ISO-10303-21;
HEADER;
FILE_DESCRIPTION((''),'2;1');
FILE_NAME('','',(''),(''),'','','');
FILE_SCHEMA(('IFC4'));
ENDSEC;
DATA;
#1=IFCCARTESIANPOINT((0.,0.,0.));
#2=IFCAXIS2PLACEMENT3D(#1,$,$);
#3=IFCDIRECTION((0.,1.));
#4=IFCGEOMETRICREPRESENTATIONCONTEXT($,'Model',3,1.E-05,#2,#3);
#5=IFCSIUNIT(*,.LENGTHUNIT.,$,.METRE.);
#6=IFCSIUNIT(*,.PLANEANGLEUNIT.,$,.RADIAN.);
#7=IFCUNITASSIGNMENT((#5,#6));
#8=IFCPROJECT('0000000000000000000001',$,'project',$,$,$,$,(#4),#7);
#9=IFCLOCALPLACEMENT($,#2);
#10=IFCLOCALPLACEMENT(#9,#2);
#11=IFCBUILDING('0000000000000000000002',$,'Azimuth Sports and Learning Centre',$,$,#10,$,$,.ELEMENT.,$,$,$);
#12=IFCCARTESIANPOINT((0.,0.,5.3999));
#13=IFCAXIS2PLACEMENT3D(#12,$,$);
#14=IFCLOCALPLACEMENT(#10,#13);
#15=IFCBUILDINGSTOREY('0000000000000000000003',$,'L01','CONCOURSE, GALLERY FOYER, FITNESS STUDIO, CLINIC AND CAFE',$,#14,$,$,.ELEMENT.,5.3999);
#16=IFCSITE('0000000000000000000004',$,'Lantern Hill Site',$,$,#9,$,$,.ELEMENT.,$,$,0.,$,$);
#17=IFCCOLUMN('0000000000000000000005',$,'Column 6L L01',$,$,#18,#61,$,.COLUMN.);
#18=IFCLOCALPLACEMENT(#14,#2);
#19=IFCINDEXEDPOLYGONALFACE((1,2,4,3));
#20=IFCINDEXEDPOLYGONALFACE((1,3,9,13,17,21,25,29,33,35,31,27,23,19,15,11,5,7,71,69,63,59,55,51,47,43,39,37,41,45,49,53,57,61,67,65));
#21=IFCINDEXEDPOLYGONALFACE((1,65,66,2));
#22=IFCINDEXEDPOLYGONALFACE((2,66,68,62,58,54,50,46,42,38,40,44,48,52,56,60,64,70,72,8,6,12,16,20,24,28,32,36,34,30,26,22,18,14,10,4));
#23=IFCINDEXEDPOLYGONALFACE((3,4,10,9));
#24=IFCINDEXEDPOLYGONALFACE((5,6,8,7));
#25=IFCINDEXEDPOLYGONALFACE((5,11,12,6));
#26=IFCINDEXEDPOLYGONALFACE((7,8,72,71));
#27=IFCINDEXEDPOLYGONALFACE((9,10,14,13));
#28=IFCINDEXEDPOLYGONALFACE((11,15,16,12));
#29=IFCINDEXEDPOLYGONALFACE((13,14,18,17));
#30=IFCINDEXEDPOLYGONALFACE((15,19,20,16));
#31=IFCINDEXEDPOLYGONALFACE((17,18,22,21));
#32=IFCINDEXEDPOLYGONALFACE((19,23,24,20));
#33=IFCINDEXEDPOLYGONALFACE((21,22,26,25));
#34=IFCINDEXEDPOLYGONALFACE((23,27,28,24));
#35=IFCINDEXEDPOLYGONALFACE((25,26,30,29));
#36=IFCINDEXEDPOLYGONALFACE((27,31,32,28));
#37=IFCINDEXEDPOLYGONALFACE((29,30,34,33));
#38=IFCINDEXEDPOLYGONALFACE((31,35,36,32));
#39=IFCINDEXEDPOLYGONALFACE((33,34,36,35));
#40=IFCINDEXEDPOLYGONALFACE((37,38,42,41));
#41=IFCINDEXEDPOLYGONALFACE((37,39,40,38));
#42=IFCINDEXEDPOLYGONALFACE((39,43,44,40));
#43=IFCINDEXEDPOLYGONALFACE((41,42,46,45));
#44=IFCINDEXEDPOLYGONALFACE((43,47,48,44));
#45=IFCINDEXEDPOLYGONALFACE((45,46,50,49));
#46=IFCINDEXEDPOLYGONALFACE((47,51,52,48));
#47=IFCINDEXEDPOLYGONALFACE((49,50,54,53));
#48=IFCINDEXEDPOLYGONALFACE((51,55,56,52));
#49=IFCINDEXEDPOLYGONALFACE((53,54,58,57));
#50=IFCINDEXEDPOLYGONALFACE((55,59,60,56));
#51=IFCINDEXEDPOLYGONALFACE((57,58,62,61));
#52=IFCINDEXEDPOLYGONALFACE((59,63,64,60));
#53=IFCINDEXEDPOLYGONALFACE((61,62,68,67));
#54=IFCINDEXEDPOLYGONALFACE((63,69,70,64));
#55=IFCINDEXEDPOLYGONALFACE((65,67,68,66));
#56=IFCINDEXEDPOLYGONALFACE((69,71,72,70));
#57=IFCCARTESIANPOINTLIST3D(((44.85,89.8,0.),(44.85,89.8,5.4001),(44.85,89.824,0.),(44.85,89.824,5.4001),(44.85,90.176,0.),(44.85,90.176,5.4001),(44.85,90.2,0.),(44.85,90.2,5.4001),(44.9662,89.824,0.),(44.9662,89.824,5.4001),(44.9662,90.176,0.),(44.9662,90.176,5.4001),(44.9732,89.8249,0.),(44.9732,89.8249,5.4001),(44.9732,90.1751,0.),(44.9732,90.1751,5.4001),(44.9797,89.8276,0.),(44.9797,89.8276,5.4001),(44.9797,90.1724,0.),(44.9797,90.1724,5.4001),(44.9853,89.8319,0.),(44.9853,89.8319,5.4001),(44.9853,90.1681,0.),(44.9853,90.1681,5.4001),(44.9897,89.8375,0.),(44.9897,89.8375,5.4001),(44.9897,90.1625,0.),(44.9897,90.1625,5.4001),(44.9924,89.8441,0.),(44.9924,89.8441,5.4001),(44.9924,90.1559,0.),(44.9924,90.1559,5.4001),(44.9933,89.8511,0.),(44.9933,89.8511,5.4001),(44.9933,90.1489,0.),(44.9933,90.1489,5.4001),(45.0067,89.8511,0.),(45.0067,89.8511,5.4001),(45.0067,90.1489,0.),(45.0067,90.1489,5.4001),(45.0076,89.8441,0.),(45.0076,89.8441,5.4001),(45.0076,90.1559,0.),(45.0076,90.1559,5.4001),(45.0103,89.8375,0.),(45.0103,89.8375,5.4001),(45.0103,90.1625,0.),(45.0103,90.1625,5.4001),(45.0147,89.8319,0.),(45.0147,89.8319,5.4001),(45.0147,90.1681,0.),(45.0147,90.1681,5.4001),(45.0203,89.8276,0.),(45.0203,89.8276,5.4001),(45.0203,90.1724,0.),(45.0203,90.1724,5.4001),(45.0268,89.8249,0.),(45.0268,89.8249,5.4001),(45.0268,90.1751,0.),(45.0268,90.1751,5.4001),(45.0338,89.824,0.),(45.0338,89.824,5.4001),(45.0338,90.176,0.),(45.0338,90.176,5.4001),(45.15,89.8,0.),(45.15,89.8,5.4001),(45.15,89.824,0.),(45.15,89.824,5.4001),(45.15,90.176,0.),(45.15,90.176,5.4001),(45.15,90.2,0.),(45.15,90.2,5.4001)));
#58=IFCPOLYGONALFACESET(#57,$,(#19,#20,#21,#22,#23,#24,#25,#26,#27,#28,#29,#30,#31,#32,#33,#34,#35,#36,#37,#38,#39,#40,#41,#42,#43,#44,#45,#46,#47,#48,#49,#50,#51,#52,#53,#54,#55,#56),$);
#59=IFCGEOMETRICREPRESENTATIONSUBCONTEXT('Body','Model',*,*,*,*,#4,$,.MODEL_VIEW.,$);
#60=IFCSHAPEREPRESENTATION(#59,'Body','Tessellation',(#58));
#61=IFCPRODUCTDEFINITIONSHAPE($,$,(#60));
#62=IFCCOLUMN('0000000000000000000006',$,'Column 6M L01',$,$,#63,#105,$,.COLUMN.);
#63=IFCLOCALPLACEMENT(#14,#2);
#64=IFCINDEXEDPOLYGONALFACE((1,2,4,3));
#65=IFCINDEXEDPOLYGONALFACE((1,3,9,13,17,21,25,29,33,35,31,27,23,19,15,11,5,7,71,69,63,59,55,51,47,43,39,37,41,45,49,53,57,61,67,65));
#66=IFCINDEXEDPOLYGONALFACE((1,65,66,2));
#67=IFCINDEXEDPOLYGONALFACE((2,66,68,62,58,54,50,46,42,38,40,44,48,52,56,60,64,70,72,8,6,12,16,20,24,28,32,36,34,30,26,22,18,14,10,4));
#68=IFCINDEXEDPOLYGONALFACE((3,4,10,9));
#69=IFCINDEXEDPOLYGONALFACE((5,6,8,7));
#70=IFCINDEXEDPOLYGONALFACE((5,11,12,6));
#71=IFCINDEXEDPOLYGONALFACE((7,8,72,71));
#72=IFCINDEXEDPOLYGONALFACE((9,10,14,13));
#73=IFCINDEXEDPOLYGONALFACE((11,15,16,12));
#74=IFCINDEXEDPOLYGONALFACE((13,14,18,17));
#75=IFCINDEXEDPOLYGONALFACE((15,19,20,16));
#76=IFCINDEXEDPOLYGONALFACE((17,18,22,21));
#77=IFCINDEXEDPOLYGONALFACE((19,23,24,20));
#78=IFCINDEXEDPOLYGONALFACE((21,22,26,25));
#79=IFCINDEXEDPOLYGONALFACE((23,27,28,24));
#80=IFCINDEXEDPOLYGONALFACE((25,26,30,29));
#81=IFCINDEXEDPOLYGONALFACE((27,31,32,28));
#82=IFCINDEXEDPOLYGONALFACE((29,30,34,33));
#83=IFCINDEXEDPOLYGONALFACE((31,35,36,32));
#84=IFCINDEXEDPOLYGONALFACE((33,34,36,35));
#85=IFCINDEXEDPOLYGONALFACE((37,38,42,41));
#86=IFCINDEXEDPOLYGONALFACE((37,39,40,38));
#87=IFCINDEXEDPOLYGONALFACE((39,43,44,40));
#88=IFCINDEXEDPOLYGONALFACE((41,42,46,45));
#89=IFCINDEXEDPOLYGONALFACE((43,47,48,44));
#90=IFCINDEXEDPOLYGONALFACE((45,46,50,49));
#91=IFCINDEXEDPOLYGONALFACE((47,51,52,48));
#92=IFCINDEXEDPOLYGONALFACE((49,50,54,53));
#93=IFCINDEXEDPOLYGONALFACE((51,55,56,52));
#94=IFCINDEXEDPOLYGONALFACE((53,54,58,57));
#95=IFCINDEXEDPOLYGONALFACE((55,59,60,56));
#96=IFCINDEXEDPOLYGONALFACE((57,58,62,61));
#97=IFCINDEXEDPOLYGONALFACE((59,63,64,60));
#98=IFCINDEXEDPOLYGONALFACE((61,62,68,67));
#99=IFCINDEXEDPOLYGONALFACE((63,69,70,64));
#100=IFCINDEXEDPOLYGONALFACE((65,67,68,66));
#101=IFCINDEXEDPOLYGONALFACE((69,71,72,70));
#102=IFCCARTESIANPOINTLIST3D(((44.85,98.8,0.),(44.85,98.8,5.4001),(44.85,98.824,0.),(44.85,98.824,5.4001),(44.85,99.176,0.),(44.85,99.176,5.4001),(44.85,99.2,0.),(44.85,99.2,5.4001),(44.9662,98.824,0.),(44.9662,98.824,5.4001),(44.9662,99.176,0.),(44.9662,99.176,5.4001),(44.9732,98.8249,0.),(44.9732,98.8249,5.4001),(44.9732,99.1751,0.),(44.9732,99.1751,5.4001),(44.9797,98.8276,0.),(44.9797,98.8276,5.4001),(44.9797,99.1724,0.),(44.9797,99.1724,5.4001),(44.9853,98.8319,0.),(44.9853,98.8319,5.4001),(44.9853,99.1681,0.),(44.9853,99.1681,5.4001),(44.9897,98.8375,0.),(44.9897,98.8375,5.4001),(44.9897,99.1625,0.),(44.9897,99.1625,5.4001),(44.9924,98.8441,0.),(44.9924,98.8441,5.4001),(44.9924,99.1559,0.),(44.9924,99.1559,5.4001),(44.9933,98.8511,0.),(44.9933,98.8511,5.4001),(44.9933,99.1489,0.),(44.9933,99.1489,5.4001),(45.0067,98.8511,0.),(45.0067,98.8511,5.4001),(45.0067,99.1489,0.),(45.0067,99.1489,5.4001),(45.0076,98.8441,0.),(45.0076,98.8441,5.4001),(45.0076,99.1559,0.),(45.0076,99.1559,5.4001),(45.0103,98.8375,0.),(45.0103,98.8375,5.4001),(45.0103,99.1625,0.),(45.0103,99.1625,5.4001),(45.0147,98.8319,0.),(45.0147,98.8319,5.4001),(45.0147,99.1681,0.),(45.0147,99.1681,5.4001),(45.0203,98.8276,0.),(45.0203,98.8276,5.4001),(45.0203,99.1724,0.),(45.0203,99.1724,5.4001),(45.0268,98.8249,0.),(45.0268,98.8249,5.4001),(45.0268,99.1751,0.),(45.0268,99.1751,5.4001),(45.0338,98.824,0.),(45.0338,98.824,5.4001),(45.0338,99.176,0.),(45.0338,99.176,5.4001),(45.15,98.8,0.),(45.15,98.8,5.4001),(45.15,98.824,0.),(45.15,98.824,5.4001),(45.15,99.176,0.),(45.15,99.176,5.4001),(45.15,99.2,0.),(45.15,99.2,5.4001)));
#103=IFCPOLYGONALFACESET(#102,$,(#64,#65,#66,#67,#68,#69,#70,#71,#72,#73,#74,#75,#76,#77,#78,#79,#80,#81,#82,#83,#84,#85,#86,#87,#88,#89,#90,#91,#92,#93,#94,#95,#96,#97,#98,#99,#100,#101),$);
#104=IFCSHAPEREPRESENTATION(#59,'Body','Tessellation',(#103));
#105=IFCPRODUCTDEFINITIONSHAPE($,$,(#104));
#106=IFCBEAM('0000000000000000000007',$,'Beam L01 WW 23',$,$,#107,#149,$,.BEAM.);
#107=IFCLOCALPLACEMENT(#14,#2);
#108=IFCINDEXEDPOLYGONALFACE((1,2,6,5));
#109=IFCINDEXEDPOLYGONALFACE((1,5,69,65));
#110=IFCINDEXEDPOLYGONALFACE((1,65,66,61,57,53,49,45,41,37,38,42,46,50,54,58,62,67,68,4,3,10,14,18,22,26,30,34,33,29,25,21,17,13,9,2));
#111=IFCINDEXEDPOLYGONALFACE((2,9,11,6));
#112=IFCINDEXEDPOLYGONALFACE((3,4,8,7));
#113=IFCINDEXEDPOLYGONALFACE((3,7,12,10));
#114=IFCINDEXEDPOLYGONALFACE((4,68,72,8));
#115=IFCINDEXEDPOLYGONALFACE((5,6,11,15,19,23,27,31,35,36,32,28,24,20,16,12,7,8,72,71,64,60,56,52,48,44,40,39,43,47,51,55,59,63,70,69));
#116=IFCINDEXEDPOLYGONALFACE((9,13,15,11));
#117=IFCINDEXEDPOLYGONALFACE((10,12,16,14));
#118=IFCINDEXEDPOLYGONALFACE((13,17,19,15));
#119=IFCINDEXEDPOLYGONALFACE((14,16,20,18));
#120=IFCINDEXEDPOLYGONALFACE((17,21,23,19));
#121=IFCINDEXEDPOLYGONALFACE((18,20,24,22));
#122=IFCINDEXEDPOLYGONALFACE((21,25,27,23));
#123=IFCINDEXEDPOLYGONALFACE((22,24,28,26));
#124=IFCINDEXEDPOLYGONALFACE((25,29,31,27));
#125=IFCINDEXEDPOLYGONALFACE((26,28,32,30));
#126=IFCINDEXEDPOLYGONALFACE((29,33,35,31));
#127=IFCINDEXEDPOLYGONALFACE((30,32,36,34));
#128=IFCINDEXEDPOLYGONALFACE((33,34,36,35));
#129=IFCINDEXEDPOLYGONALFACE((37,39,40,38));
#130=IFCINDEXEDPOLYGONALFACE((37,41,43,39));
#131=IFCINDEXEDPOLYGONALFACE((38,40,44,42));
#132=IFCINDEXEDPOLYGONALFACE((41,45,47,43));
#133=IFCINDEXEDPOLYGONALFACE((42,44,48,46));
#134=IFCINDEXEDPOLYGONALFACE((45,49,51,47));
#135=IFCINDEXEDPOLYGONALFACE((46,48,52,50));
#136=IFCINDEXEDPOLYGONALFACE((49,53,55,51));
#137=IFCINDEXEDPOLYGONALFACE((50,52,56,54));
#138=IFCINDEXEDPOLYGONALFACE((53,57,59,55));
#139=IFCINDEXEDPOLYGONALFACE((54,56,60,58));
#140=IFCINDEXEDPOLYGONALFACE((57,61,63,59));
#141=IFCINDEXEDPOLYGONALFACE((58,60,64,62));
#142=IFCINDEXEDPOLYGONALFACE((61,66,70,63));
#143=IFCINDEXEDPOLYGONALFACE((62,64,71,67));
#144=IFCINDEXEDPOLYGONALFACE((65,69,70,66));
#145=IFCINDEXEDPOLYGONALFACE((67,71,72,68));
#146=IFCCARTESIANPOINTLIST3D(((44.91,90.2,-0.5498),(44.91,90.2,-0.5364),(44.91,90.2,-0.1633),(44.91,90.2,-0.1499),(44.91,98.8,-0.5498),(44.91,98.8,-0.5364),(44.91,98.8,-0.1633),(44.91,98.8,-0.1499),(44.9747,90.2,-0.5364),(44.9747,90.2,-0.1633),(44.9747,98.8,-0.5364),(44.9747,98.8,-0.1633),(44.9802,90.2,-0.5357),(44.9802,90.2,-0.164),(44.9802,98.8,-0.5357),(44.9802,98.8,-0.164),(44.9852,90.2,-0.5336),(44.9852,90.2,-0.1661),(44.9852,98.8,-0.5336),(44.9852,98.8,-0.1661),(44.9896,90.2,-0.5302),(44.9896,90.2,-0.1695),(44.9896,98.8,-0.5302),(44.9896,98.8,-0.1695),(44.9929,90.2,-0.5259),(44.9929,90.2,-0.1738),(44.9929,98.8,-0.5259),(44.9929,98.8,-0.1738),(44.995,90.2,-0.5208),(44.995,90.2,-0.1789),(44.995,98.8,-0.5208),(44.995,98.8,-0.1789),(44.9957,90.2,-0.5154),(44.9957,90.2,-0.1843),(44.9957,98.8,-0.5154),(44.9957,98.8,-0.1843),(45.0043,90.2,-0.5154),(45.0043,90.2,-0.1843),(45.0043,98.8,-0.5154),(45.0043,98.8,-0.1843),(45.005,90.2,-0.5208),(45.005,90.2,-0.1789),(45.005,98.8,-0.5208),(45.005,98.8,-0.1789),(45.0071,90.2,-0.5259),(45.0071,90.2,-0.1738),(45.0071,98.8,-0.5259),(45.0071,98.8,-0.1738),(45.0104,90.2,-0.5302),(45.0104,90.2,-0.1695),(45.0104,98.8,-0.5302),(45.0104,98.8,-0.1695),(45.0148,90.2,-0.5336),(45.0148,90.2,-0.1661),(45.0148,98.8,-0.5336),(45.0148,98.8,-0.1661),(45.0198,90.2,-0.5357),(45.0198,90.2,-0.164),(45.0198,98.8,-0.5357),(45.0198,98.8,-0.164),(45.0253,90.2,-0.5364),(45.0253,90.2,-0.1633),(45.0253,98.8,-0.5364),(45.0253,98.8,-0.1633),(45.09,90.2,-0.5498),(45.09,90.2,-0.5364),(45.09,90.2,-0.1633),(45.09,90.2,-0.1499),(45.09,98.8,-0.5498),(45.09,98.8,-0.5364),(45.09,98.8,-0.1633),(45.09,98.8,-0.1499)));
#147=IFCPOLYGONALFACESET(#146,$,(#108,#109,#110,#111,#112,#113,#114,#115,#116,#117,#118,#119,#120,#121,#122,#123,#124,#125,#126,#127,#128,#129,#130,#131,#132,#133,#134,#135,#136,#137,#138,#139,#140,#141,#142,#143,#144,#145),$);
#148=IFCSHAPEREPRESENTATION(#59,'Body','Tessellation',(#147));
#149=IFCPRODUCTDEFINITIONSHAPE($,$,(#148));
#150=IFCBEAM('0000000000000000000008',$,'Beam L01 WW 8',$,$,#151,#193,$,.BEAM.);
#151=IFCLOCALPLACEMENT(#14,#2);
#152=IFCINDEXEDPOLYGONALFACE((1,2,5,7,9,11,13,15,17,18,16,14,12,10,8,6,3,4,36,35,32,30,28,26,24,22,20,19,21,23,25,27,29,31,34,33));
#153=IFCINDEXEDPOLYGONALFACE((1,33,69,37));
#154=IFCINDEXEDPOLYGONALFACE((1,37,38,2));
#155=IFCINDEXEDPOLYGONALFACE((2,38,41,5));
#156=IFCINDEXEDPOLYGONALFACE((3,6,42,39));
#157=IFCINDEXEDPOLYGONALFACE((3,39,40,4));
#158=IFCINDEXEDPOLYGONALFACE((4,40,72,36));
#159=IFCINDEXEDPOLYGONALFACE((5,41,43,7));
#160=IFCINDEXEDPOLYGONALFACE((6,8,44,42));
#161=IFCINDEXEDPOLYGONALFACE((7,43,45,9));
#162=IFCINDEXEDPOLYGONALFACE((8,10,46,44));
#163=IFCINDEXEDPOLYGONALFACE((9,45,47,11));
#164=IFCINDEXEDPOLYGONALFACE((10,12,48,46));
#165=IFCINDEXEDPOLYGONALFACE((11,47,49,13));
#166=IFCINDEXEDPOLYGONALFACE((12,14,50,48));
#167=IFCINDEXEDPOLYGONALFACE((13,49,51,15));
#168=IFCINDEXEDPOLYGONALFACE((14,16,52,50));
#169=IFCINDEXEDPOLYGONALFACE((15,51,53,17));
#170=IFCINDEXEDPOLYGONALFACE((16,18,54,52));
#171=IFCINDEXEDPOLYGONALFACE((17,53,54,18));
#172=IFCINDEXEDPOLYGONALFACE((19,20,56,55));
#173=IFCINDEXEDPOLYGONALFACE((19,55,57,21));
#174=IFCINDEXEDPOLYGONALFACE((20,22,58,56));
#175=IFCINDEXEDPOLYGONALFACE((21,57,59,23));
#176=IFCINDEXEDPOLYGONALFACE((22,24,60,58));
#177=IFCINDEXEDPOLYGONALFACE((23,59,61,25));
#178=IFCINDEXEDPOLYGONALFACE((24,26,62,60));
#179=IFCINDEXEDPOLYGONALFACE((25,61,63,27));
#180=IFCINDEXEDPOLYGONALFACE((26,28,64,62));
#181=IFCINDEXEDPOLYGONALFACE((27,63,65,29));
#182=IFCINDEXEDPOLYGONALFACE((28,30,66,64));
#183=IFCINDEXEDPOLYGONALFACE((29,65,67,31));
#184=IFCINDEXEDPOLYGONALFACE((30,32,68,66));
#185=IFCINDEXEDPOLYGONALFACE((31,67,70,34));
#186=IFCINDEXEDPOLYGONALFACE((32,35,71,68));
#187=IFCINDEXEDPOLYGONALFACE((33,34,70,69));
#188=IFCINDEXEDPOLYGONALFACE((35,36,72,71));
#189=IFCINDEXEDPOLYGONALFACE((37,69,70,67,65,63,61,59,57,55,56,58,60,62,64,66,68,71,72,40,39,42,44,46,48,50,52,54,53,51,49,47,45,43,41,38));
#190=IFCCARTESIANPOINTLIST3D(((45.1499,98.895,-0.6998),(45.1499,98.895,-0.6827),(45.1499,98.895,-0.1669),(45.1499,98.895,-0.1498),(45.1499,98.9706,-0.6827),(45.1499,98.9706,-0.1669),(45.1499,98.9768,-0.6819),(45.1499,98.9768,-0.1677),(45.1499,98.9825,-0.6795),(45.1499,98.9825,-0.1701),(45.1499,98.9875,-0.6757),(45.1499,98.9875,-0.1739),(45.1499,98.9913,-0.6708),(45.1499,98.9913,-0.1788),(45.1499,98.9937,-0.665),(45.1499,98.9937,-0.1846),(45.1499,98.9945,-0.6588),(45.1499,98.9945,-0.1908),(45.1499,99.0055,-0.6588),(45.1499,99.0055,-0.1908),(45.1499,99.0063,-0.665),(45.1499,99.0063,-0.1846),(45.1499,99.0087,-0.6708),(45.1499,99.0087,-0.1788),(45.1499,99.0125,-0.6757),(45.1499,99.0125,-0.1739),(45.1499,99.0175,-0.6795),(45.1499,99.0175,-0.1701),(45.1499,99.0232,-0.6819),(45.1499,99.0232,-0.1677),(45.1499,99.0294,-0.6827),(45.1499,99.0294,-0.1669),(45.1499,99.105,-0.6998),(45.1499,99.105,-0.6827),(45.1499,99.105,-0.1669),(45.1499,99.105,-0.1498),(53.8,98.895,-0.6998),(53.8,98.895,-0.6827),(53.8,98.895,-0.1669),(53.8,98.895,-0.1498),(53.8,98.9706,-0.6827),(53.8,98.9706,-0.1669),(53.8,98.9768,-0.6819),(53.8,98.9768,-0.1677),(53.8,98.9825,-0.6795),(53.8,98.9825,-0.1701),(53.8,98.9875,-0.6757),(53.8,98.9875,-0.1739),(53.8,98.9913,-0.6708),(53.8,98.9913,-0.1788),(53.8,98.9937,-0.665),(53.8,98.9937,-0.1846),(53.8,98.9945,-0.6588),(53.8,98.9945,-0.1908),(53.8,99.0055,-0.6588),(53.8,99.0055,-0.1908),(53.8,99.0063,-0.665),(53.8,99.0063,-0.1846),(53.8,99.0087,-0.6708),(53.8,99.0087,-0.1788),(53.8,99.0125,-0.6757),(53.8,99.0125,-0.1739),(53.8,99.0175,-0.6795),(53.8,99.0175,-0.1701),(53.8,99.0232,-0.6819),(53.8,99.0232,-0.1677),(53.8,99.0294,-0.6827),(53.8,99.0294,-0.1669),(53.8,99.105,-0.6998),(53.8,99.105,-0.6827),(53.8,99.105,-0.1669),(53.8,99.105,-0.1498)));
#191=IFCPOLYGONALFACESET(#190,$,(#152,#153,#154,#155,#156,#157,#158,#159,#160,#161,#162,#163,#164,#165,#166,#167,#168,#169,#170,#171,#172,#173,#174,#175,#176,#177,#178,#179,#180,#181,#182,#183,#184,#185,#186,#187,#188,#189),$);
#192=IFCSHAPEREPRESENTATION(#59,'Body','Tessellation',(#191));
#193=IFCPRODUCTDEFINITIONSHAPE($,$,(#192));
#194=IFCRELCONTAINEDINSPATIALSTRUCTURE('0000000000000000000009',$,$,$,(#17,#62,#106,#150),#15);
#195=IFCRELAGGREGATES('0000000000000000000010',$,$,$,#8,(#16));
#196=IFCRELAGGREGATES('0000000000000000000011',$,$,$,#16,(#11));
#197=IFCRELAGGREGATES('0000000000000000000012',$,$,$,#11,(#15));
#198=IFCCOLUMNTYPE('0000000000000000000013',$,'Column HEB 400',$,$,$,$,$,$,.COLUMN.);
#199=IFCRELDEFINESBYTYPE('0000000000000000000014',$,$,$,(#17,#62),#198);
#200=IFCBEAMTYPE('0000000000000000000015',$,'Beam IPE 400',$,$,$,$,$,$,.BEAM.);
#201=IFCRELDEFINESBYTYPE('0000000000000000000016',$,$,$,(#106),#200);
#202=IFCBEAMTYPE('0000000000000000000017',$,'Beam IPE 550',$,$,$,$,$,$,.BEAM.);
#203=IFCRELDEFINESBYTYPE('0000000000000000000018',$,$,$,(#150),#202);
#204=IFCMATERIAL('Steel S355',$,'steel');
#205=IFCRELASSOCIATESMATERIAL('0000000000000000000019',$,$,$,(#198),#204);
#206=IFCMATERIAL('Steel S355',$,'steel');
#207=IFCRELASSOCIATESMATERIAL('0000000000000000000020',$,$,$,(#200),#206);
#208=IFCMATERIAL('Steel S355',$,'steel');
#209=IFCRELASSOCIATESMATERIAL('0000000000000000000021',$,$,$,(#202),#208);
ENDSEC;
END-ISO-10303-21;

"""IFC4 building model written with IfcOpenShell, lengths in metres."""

from ifc_helpers import new_model, si_unit, direction, frame, origin, origin_2d, place, context, subcontext, project, spatial, i_section, extrude, material, material_profile, profile_set, type_object, element, save


model = new_model("IFC4")

# Units and contexts
model_context = context("Model", 3, precision=1e-05, world=origin(), true_north=direction((0.0, 1.0)))
body_context = subcontext(model_context, "Body", "Model", "MODEL_VIEW")
ifc_project = project(units=[si_unit("LENGTHUNIT", "METRE"), si_unit("PLANEANGLEUNIT", "RADIAN")], contexts=[model_context])

# Site, building, storey
site_placement = place(None, origin())
site = spatial("IfcSite", under=ifc_project, at=site_placement, Name="Lantern Hill Site", CompositionType="ELEMENT", RefElevation=0.0)
building_placement = place(site_placement, origin())
building = spatial("IfcBuilding", under=site, at=building_placement, Name="Azimuth Sports and Learning Centre", CompositionType="ELEMENT")
storey_placement = place(building_placement, frame((0.0, 0.0, 5.3999)))
storey = spatial("IfcBuildingStorey", under=building, at=storey_placement, Name="L01", Description="CONCOURSE, GALLERY FOYER, FITNESS STUDIO, CLINIC AND CAFE", CompositionType="ELEMENT", Elevation=5.3999)

# Columns
ifc_material_1 = material(Name="Steel S355", Category="steel")
ifc_material_profile_1 = material_profile(ifc_material_1, i_section(OverallWidth=0.3, OverallDepth=0.3999, WebThickness=0.0134, FlangeThickness=0.0239, FilletRadius=0.0271, at=origin_2d()), Name="HEB 400")
ifc_profile_set_1 = profile_set([ifc_material_profile_1], Name="Steel S355")
column_type = type_object("IfcColumnType", Name="Column HEB 400", PredefinedType="COLUMN", material=ifc_profile_set_1)
for number, where, z_axis, x_axis, name in (
    (1, (45.0, 90.0, 0.0), (0.0, 0.0, 1.0), (1.0, 0.0, 0.0), "Column 6L L01"),
    (2, (45.0, 99.0, 0.0), (0.0, 0.0, 1.0), (1.0, 0.0, 0.0), "Column 6M L01"),
):
    element("IfcColumn", number, at=place(storey_placement, frame(where, z_axis=z_axis, x_axis=x_axis)), inside=storey, type_object=column_type, Name=name, PredefinedType="COLUMN", context=body_context, shape_type="SweptSolid", body=[
        extrude(i_section(OverallWidth=0.3, OverallDepth=0.3999, WebThickness=0.0134, FlangeThickness=0.0239, FilletRadius=0.0271, at=origin_2d()), origin(), (0.0, 0.0, 1.0), 5.4001),
    ])

# Beams
ifc_material_2 = material(Name="Steel S355", Category="steel")
ifc_material_profile_2 = material_profile(ifc_material_2, i_section(OverallWidth=0.1799, OverallDepth=0.3999, WebThickness=0.0085, FlangeThickness=0.0134, FilletRadius=0.021, at=origin_2d()), Name="IPE 400")
ifc_profile_set_2 = profile_set([ifc_material_profile_2], Name="Steel S355")
beam_type_1 = type_object("IfcBeamType", Name="Beam IPE 400", PredefinedType="BEAM", material=ifc_profile_set_2)
beam_1_placement = place(storey_placement, frame((45.0, 90.2, -0.3499), z_axis=(0.0, 1.0, 0.0), x_axis=(-1.0, 0.0, 0.0)))
element("IfcBeam", 3, at=beam_1_placement, inside=storey, type_object=beam_type_1, Name="Beam L01 WW 23", PredefinedType="BEAM", context=body_context, shape_type="SweptSolid", body=[
    extrude(i_section(OverallWidth=0.1799, OverallDepth=0.3999, WebThickness=0.0085, FlangeThickness=0.0134, FilletRadius=0.021, at=origin_2d()), origin(), (0.0, 0.0, 1.0), 8.6001),
])
ifc_material_3 = material(Name="Steel S355", Category="steel")
ifc_material_profile_3 = material_profile(ifc_material_3, i_section(OverallWidth=0.21, OverallDepth=0.55, WebThickness=0.011, FlangeThickness=0.0171, FilletRadius=0.0239, at=origin_2d()), Name="IPE 550")
ifc_profile_set_3 = profile_set([ifc_material_profile_3], Name="Steel S355")
beam_type_2 = type_object("IfcBeamType", Name="Beam IPE 550", PredefinedType="BEAM", material=ifc_profile_set_3)
beam_2_placement = place(storey_placement, frame((45.1499, 99.0, -0.4248), z_axis=(1.0, 0.0, 0.0), x_axis=(0.0, 1.0, 0.0)))
element("IfcBeam", 4, at=beam_2_placement, inside=storey, type_object=beam_type_2, Name="Beam L01 WW 8", PredefinedType="BEAM", context=body_context, shape_type="SweptSolid", body=[
    extrude(i_section(OverallWidth=0.21, OverallDepth=0.55, WebThickness=0.011, FlangeThickness=0.0171, FilletRadius=0.0239, at=origin_2d()), origin(), (0.0, 0.0, 1.0), 8.6501),
])

save(model, "model.ifc")
